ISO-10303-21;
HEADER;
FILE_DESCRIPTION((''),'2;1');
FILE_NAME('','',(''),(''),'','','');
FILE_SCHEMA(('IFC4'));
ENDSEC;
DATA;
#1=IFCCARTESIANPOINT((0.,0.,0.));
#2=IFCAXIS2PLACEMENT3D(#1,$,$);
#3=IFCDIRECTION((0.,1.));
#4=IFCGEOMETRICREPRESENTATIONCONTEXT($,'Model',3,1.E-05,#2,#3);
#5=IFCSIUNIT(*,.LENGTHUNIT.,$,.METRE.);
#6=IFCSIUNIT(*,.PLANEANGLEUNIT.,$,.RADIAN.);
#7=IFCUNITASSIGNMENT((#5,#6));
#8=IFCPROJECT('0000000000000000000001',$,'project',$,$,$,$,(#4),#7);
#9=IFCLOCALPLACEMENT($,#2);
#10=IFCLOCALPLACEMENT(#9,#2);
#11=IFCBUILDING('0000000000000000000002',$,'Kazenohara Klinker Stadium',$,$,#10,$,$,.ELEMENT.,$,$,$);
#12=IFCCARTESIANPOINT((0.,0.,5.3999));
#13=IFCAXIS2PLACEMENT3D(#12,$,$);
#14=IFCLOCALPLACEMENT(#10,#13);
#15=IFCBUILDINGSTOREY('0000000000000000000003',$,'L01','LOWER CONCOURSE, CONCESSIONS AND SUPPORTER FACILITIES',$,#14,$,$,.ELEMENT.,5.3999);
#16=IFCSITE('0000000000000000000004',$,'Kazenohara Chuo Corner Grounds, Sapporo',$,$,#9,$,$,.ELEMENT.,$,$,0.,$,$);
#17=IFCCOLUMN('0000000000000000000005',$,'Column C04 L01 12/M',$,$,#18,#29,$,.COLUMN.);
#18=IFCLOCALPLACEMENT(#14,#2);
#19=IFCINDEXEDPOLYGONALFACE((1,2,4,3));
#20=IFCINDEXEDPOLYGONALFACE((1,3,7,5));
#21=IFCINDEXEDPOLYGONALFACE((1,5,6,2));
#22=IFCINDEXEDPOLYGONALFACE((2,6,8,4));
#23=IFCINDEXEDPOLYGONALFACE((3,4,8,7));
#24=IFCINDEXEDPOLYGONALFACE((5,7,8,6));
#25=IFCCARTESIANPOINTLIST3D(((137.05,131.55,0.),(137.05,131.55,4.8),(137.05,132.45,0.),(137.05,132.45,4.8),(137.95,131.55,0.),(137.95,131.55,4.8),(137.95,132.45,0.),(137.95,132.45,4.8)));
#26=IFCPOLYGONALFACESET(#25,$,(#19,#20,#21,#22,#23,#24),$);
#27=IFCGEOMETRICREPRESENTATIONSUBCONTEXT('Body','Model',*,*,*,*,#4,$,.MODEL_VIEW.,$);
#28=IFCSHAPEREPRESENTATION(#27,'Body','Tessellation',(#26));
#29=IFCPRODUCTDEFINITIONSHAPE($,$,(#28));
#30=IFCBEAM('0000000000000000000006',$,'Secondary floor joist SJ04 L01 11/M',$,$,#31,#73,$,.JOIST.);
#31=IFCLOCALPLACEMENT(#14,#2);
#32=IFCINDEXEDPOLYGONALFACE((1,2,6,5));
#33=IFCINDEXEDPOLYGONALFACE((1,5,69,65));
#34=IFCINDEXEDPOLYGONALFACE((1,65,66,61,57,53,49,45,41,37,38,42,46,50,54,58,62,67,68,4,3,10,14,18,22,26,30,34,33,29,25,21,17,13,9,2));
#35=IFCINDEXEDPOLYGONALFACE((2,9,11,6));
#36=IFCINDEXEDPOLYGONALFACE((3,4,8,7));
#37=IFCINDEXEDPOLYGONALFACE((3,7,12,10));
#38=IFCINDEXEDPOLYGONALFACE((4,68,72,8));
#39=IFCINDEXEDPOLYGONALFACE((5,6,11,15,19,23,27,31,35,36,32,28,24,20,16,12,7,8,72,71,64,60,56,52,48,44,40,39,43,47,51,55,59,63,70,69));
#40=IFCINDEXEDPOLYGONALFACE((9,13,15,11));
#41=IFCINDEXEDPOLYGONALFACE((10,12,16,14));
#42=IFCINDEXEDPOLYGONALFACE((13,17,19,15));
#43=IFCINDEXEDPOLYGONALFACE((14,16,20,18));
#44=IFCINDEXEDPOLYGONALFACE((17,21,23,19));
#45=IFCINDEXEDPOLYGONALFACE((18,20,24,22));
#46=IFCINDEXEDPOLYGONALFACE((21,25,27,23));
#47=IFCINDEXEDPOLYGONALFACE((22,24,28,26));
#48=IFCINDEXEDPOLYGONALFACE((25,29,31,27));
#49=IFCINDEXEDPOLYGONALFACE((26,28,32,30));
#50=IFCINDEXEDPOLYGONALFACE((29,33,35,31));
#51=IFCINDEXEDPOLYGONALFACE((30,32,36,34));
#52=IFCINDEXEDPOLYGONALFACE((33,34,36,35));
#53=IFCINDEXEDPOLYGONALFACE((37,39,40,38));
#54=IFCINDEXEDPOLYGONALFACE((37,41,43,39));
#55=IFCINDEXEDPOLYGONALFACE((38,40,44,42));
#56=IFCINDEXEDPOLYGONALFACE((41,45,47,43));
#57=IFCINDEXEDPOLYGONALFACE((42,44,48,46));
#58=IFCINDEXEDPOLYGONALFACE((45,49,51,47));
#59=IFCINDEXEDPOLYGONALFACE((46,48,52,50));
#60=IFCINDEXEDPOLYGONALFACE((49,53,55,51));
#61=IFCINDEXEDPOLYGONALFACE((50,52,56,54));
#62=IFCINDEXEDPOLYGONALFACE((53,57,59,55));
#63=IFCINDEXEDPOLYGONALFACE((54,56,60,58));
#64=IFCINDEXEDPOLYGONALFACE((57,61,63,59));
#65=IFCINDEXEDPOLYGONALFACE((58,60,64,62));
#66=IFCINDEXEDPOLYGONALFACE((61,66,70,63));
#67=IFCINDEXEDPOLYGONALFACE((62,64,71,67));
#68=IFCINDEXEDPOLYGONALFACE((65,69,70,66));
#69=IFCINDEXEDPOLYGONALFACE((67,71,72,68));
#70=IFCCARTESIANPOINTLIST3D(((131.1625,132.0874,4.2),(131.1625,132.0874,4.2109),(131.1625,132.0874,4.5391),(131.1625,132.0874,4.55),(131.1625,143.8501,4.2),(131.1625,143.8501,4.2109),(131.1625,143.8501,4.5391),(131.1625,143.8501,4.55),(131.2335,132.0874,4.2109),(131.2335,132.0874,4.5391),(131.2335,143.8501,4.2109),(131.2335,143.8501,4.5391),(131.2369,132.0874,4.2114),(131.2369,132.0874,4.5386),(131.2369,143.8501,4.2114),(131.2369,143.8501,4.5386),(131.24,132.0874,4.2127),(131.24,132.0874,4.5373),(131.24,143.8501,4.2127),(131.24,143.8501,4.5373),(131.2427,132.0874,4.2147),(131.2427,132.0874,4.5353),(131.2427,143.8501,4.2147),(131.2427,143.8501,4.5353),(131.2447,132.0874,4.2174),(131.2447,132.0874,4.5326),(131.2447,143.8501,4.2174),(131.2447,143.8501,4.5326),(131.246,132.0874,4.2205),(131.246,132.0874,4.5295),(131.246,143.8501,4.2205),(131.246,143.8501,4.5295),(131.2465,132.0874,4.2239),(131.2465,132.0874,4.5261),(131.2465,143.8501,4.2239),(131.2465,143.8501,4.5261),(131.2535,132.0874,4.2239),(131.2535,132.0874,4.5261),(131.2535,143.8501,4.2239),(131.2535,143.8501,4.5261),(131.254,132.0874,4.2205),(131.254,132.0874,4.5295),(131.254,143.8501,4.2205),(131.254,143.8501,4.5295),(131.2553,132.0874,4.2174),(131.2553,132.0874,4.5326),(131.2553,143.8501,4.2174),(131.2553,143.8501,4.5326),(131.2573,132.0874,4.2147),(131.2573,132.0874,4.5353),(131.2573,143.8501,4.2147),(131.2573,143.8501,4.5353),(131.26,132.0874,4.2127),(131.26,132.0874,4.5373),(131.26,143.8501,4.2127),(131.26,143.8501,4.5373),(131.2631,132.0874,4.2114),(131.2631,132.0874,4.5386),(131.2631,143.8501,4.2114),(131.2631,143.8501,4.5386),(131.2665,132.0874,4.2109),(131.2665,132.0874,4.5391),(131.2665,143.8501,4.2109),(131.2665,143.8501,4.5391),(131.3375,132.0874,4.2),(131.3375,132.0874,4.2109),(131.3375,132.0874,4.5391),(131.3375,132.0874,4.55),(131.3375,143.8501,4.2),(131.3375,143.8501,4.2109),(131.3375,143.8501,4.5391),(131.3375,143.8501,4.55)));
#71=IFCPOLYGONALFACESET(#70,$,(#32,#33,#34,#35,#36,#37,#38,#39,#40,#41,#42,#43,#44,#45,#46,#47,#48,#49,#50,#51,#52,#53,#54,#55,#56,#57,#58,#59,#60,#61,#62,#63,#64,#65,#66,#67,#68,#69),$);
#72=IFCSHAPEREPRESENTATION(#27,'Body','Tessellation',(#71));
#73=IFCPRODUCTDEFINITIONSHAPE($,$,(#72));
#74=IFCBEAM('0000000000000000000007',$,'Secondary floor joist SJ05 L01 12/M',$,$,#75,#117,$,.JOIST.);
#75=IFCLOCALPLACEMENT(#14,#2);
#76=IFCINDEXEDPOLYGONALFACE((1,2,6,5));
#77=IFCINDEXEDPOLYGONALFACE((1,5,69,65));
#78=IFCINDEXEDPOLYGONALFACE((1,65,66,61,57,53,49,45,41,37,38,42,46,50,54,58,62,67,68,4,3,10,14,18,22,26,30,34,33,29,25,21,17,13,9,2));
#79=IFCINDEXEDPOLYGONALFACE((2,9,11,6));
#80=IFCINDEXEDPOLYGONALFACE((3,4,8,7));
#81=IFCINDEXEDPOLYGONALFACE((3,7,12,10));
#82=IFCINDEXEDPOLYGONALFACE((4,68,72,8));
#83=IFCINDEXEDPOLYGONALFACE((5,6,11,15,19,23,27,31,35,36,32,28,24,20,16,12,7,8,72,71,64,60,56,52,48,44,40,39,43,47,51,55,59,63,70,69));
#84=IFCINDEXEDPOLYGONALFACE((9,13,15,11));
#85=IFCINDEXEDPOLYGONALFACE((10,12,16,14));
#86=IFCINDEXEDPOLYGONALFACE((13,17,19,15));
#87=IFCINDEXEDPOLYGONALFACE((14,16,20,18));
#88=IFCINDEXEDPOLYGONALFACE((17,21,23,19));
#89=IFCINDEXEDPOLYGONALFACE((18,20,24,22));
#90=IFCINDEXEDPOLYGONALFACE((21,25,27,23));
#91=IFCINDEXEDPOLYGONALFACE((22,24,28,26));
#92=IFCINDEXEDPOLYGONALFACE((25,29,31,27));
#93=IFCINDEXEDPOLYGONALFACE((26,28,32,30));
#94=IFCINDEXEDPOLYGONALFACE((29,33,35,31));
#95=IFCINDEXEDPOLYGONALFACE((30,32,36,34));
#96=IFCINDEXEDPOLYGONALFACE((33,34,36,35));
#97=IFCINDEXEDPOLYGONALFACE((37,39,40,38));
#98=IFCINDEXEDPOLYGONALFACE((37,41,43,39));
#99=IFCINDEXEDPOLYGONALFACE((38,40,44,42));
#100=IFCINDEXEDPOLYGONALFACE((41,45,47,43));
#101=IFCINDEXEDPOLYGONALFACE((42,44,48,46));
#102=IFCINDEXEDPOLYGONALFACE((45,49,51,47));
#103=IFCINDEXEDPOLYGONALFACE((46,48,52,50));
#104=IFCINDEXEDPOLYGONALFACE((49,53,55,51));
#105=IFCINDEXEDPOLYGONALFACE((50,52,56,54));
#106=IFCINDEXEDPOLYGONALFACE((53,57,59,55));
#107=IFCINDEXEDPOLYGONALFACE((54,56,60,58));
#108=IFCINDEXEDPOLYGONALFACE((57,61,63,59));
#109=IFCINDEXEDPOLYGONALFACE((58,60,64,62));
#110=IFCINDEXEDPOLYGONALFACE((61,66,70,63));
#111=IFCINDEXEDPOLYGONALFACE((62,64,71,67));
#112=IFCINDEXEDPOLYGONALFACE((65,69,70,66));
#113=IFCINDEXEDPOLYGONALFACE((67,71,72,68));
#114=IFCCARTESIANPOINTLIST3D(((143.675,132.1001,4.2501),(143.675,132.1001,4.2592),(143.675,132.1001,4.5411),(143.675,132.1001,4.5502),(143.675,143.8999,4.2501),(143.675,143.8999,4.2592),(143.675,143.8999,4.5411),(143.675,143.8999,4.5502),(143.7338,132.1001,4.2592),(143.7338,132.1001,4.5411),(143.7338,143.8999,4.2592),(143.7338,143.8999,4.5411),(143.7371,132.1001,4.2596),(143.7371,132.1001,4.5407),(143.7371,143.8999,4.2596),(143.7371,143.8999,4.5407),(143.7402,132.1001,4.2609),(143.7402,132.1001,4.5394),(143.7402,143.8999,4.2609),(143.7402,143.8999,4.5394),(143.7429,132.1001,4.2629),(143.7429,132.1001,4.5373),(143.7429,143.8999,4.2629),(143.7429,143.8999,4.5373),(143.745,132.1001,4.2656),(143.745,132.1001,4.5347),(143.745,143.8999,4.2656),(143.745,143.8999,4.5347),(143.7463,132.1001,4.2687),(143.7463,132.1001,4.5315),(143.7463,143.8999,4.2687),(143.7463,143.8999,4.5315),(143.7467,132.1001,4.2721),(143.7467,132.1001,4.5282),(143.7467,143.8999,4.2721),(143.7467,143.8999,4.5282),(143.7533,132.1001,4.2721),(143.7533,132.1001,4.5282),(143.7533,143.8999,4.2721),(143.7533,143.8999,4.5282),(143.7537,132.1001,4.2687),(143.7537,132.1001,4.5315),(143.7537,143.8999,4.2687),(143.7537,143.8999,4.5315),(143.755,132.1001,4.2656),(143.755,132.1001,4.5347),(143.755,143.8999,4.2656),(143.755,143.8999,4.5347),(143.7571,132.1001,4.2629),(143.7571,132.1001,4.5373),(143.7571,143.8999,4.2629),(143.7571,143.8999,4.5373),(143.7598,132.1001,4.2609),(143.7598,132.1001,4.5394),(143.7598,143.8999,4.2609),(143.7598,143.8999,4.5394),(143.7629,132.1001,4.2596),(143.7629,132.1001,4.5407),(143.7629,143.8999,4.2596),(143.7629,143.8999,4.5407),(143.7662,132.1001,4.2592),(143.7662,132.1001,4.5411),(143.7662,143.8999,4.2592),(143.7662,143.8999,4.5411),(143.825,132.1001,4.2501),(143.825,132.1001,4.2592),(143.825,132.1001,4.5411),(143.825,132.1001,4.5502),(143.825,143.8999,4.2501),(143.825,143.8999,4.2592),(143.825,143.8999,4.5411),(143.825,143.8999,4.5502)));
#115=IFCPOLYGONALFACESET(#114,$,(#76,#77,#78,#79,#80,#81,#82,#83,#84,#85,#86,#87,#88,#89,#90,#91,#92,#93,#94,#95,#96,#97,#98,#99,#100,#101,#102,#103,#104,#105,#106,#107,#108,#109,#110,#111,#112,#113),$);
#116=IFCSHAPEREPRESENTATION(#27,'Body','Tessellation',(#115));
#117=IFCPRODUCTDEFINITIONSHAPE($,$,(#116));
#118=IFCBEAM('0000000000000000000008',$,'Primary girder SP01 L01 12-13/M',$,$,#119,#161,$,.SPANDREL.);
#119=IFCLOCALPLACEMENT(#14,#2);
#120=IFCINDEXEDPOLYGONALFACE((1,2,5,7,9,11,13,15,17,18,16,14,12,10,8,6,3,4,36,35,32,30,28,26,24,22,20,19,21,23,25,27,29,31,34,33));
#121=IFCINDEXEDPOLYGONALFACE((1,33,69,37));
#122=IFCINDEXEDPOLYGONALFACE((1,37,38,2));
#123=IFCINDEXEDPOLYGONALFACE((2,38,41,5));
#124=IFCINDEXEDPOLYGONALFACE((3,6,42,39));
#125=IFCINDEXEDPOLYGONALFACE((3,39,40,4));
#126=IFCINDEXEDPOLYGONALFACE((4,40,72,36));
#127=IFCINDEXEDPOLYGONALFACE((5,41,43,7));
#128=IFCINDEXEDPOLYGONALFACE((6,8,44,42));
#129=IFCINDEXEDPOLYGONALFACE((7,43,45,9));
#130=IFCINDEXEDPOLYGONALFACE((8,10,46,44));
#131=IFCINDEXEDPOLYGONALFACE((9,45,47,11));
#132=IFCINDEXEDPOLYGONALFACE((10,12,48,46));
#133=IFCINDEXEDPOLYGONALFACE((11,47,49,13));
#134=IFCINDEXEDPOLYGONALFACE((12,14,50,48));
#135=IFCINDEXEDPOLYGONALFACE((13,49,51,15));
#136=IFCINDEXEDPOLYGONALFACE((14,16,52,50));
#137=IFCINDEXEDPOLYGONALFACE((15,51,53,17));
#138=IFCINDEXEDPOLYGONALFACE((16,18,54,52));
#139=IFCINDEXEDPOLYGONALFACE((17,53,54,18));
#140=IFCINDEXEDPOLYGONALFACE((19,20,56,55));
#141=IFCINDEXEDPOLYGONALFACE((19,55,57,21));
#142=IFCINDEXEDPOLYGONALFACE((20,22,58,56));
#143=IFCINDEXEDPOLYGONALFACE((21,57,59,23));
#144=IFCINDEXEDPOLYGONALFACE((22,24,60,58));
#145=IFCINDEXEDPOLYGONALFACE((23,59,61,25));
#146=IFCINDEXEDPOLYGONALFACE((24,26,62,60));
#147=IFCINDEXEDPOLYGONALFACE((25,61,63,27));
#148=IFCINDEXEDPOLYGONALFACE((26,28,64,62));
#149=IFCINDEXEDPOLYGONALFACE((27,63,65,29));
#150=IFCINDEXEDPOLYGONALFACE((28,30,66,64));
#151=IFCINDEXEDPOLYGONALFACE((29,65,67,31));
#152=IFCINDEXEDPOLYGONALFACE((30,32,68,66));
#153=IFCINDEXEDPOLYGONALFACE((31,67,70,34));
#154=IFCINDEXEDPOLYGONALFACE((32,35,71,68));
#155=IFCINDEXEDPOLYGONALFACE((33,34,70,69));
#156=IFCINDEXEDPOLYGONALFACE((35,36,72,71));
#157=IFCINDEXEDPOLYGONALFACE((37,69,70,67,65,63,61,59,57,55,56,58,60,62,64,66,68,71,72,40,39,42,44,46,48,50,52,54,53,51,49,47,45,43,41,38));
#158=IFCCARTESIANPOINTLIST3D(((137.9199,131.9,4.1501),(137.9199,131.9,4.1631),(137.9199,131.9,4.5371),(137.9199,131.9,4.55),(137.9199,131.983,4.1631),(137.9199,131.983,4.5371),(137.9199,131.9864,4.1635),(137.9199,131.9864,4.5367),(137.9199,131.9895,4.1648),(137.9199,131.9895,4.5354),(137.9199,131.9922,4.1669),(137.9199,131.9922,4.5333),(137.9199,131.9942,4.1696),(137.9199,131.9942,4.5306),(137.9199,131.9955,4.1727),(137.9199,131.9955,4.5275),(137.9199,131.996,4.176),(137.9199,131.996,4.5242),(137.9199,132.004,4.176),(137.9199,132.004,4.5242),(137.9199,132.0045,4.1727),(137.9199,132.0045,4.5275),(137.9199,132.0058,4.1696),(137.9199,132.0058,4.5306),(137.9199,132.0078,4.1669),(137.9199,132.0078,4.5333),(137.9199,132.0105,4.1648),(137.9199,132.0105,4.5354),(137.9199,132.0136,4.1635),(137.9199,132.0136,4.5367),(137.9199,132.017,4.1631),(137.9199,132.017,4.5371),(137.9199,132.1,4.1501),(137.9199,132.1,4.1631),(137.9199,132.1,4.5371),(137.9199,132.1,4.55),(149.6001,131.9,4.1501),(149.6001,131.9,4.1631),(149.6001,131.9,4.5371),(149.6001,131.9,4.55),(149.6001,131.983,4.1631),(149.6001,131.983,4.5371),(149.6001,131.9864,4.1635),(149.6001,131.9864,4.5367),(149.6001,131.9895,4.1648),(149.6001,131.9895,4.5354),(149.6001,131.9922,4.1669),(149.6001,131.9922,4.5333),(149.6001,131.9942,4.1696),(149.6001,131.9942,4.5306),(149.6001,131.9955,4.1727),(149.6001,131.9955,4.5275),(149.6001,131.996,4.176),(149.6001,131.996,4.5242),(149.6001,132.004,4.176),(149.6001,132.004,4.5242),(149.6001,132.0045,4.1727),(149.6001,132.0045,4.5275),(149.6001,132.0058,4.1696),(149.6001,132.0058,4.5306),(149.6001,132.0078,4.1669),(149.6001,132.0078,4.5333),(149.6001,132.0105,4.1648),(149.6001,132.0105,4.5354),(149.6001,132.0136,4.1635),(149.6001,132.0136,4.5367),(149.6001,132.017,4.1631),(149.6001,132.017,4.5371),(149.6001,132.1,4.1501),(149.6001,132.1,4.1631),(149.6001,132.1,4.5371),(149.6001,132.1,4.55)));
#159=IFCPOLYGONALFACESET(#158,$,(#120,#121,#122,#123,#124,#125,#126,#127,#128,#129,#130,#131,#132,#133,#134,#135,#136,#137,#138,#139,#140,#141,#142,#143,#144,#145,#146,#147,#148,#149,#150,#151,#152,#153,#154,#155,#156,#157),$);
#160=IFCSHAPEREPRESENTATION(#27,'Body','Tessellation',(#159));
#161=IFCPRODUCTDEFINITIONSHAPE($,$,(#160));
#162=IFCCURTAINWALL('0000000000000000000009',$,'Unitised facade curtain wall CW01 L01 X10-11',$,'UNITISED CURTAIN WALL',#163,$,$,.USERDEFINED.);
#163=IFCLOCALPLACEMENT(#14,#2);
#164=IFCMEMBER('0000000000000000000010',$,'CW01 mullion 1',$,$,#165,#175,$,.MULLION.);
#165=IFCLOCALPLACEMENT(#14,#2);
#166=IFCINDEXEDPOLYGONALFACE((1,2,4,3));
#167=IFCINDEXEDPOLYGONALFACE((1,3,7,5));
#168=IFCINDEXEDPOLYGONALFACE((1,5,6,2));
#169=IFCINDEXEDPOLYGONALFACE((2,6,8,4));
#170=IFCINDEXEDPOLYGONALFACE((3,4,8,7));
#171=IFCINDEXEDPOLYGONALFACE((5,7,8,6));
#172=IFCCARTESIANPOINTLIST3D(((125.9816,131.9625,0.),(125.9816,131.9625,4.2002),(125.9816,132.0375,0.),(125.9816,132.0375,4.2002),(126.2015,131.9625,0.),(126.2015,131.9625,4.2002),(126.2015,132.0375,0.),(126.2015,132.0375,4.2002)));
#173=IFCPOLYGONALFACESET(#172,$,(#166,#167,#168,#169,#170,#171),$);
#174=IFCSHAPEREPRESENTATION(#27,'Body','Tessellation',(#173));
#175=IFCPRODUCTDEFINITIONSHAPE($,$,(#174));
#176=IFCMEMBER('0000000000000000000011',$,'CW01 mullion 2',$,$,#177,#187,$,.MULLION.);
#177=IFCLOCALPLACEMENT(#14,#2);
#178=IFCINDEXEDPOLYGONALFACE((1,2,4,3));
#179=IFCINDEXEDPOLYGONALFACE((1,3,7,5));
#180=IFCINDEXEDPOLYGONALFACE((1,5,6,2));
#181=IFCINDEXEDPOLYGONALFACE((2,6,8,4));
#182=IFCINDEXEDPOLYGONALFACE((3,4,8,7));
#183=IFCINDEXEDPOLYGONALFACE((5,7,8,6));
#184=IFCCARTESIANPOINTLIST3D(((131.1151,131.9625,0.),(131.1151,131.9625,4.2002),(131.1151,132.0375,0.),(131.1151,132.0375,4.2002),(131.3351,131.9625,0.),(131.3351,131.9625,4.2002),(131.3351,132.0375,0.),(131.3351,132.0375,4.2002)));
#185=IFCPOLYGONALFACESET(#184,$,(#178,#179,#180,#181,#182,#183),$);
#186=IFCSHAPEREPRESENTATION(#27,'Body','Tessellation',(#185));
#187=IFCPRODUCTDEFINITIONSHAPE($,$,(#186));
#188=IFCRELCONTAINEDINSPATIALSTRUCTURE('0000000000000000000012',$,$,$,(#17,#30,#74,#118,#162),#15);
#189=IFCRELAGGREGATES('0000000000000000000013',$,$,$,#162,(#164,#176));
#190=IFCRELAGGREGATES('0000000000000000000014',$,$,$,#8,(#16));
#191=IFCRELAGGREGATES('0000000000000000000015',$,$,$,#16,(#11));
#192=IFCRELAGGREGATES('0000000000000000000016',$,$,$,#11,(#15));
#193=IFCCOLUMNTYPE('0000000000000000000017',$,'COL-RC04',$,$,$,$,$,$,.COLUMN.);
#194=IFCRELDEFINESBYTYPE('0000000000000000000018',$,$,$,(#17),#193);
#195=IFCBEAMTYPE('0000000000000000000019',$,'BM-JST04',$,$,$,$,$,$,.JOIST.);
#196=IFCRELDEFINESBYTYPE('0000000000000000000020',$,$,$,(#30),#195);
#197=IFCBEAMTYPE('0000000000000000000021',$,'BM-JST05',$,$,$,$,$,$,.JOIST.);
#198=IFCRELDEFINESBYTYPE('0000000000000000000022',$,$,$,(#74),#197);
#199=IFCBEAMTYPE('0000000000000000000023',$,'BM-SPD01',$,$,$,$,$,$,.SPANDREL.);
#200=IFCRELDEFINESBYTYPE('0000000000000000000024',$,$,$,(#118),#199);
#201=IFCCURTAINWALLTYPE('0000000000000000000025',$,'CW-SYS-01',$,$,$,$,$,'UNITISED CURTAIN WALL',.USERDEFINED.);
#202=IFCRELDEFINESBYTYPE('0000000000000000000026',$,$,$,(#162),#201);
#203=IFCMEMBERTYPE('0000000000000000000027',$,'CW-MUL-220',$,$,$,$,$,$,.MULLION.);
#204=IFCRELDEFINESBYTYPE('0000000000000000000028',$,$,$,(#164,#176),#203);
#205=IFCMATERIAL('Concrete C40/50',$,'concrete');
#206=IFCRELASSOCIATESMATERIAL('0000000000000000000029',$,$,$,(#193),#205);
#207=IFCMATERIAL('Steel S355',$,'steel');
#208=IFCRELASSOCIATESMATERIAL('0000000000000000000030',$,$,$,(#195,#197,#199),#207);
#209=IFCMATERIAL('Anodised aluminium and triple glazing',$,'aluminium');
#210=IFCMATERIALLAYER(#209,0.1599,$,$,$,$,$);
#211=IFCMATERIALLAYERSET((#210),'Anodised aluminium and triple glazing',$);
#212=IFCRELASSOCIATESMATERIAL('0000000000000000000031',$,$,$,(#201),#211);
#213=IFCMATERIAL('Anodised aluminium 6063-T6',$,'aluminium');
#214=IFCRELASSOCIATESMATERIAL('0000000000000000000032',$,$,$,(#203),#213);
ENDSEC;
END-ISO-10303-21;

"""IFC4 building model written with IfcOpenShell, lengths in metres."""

from ifc_helpers import new_model, si_unit, direction, frame, origin, origin_2d, place, context, subcontext, project, spatial, rectangle, i_section, extrude, material, layer, layer_set, material_profile, profile_set, type_object, element, aggregate, save


model = new_model("IFC4")

# Units and contexts
model_context = context("Model", 3, precision=1e-05, world=origin(), true_north=direction((0.0, 1.0)))
body_context = subcontext(model_context, "Body", "Model", "MODEL_VIEW")
ifc_project = project(units=[si_unit("LENGTHUNIT", "METRE"), si_unit("PLANEANGLEUNIT", "RADIAN")], contexts=[model_context])

# Site, building, storey
site_placement = place(None, origin())
site = spatial("IfcSite", under=ifc_project, at=site_placement, Name="Kazenohara Chuo Corner Grounds, Sapporo", CompositionType="ELEMENT", RefElevation=0.0)
building_placement = place(site_placement, origin())
building = spatial("IfcBuilding", under=site, at=building_placement, Name="Kazenohara Klinker Stadium", CompositionType="ELEMENT")
storey_placement = place(building_placement, frame((0.0, 0.0, 5.3999)))
storey = spatial("IfcBuildingStorey", under=building, at=storey_placement, Name="L01", Description="LOWER CONCOURSE, CONCESSIONS AND SUPPORTER FACILITIES", CompositionType="ELEMENT", Elevation=5.3999)

# Column
ifc_material_1 = material(Name="Concrete C40/50", Category="concrete")
ifc_material_profile_1 = material_profile(ifc_material_1, rectangle(XDim=0.8999, YDim=0.8999, at=origin_2d()), Name="RC-COL-900x900")
ifc_profile_set_1 = profile_set([ifc_material_profile_1], Name="Concrete C40/50")
column_type = type_object("IfcColumnType", Name="COL-RC04", PredefinedType="COLUMN", material=ifc_profile_set_1)
column_placement = place(storey_placement, frame((137.5, 132.0, 0.0), z_axis=(0.0, 0.0, 1.0), x_axis=(1.0, 0.0, 0.0)))
element("IfcColumn", 1, at=column_placement, inside=storey, type_object=column_type, Name="Column C04 L01 12/M", PredefinedType="COLUMN", context=body_context, shape_type="SweptSolid", body=[
    extrude(rectangle(XDim=0.8999, YDim=0.8999, at=origin_2d()), origin(), (0.0, 0.0, 1.0), 4.8),
])

# Beams
ifc_material_2 = material(Name="Steel S355", Category="steel")
ifc_material_profile_2 = material_profile(ifc_material_2, i_section(OverallWidth=0.175, OverallDepth=0.3501, WebThickness=0.0071, FlangeThickness=0.011, FilletRadius=0.0129, at=origin_2d()), Name="H-350x175x7x11")
ifc_profile_set_2 = profile_set([ifc_material_profile_2], Name="Steel S355")
beam_type_1 = type_object("IfcBeamType", Name="BM-JST04", PredefinedType="JOIST", material=ifc_profile_set_2)
beam_1_placement = place(storey_placement, frame((131.25, 132.0874, 4.375), z_axis=(0.0, 1.0, 0.0), x_axis=(-1.0, 0.0, 0.0)))
element("IfcBeam", 2, at=beam_1_placement, inside=storey, type_object=beam_type_1, Name="Secondary floor joist SJ04 L01 11/M", PredefinedType="JOIST", context=body_context, shape_type="SweptSolid", body=[
    extrude(i_section(OverallWidth=0.175, OverallDepth=0.3501, WebThickness=0.0071, FlangeThickness=0.011, FilletRadius=0.0129, at=origin_2d()), origin(), (0.0, 0.0, 1.0), 11.7627),
])
ifc_material_profile_3 = material_profile(ifc_material_2, i_section(OverallWidth=0.1499, OverallDepth=0.3, WebThickness=0.0066, FlangeThickness=0.009, FilletRadius=0.0129, at=origin_2d()), Name="H-300x150x6.5x9")
ifc_profile_set_3 = profile_set([ifc_material_profile_3], Name="Steel S355")
beam_type_2 = type_object("IfcBeamType", Name="BM-JST05", PredefinedType="JOIST", material=ifc_profile_set_3)
beam_2_placement = place(storey_placement, frame((143.75, 132.1001, 4.4001), z_axis=(0.0, 1.0, 0.0), x_axis=(-1.0, 0.0, 0.0)))
element("IfcBeam", 3, at=beam_2_placement, inside=storey, type_object=beam_type_2, Name="Secondary floor joist SJ05 L01 12/M", PredefinedType="JOIST", context=body_context, shape_type="SweptSolid", body=[
    extrude(i_section(OverallWidth=0.1499, OverallDepth=0.3, WebThickness=0.0066, FlangeThickness=0.009, FilletRadius=0.0129, at=origin_2d()), origin(), (0.0, 0.0, 1.0), 11.7998),
])
ifc_material_profile_4 = material_profile(ifc_material_2, i_section(OverallWidth=0.2, OverallDepth=0.3999, WebThickness=0.0081, FlangeThickness=0.0129, FilletRadius=0.0129, at=origin_2d()), Name="H-400x200x8x13")
ifc_profile_set_4 = profile_set([ifc_material_profile_4], Name="Steel S355")
beam_type_3 = type_object("IfcBeamType", Name="BM-SPD01", PredefinedType="SPANDREL", material=ifc_profile_set_4)
beam_3_placement = place(storey_placement, frame((137.9199, 132.0, 4.3501), z_axis=(1.0, 0.0, 0.0), x_axis=(0.0, 1.0, 0.0)))
element("IfcBeam", 4, at=beam_3_placement, inside=storey, type_object=beam_type_3, Name="Primary girder SP01 L01 12-13/M", PredefinedType="SPANDREL", context=body_context, shape_type="SweptSolid", body=[
    extrude(i_section(OverallWidth=0.2, OverallDepth=0.3999, WebThickness=0.0081, FlangeThickness=0.0129, FilletRadius=0.0129, at=origin_2d()), origin(), (0.0, 0.0, 1.0), 11.6802),
])

# Curtain wall, members
ifc_material_3 = material(Name="Anodised aluminium and triple glazing", Category="aluminium")
ifc_layer_1 = layer(ifc_material_3, 0.1599)
ifc_layer_set_1 = layer_set([ifc_layer_1], Name="Anodised aluminium and triple glazing")
curtain_wall_type_1 = type_object("IfcCurtainWallType", Name="CW-SYS-01", ElementType="UNITISED CURTAIN WALL", PredefinedType="USERDEFINED", material=ifc_layer_set_1)
curtain_wall_1_placement = place(storey_placement, origin())
curtain_wall_1 = element("IfcCurtainWall", 5, at=curtain_wall_1_placement, inside=storey, type_object=curtain_wall_type_1, Name="Unitised facade curtain wall CW01 L01 X10-11", ObjectType="UNITISED CURTAIN WALL", PredefinedType="USERDEFINED")
ifc_material_4 = material(Name="Anodised aluminium 6063-T6", Category="aluminium")
ifc_material_profile_5 = material_profile(ifc_material_4, rectangle(XDim=0.075, YDim=0.22, at=origin_2d()), Name="ALU-MUL-75x220")
ifc_profile_set_5 = profile_set([ifc_material_profile_5], Name="Anodised aluminium 6063-T6")
member_type_1 = type_object("IfcMemberType", Name="CW-MUL-220", PredefinedType="MULLION", material=ifc_profile_set_5)
member_1_placement = place(storey_placement, frame((126.0916, 132.0, 0.0), z_axis=(0.0, 0.0, 1.0), x_axis=(0.0, 1.0, 0.0)))
member_1 = element("IfcMember", 6, at=member_1_placement, type_object=member_type_1, Name="CW01 mullion 1", PredefinedType="MULLION", context=body_context, shape_type="SweptSolid", body=[
    extrude(rectangle(XDim=0.075, YDim=0.22, at=origin_2d()), origin(), (0.0, 0.0, 1.0), 4.2002),
])
member_2_placement = place(storey_placement, frame((131.2251, 132.0, 0.0), z_axis=(0.0, 0.0, 1.0), x_axis=(0.0, 1.0, 0.0)))
member_2 = element("IfcMember", 7, at=member_2_placement, type_object=member_type_1, Name="CW01 mullion 2", PredefinedType="MULLION", context=body_context, shape_type="SweptSolid", body=[
    extrude(rectangle(XDim=0.075, YDim=0.22, at=origin_2d()), origin(), (0.0, 0.0, 1.0), 4.2002),
])

aggregate(curtain_wall_1, [member_1, member_2])

save(model, "model.ifc")
